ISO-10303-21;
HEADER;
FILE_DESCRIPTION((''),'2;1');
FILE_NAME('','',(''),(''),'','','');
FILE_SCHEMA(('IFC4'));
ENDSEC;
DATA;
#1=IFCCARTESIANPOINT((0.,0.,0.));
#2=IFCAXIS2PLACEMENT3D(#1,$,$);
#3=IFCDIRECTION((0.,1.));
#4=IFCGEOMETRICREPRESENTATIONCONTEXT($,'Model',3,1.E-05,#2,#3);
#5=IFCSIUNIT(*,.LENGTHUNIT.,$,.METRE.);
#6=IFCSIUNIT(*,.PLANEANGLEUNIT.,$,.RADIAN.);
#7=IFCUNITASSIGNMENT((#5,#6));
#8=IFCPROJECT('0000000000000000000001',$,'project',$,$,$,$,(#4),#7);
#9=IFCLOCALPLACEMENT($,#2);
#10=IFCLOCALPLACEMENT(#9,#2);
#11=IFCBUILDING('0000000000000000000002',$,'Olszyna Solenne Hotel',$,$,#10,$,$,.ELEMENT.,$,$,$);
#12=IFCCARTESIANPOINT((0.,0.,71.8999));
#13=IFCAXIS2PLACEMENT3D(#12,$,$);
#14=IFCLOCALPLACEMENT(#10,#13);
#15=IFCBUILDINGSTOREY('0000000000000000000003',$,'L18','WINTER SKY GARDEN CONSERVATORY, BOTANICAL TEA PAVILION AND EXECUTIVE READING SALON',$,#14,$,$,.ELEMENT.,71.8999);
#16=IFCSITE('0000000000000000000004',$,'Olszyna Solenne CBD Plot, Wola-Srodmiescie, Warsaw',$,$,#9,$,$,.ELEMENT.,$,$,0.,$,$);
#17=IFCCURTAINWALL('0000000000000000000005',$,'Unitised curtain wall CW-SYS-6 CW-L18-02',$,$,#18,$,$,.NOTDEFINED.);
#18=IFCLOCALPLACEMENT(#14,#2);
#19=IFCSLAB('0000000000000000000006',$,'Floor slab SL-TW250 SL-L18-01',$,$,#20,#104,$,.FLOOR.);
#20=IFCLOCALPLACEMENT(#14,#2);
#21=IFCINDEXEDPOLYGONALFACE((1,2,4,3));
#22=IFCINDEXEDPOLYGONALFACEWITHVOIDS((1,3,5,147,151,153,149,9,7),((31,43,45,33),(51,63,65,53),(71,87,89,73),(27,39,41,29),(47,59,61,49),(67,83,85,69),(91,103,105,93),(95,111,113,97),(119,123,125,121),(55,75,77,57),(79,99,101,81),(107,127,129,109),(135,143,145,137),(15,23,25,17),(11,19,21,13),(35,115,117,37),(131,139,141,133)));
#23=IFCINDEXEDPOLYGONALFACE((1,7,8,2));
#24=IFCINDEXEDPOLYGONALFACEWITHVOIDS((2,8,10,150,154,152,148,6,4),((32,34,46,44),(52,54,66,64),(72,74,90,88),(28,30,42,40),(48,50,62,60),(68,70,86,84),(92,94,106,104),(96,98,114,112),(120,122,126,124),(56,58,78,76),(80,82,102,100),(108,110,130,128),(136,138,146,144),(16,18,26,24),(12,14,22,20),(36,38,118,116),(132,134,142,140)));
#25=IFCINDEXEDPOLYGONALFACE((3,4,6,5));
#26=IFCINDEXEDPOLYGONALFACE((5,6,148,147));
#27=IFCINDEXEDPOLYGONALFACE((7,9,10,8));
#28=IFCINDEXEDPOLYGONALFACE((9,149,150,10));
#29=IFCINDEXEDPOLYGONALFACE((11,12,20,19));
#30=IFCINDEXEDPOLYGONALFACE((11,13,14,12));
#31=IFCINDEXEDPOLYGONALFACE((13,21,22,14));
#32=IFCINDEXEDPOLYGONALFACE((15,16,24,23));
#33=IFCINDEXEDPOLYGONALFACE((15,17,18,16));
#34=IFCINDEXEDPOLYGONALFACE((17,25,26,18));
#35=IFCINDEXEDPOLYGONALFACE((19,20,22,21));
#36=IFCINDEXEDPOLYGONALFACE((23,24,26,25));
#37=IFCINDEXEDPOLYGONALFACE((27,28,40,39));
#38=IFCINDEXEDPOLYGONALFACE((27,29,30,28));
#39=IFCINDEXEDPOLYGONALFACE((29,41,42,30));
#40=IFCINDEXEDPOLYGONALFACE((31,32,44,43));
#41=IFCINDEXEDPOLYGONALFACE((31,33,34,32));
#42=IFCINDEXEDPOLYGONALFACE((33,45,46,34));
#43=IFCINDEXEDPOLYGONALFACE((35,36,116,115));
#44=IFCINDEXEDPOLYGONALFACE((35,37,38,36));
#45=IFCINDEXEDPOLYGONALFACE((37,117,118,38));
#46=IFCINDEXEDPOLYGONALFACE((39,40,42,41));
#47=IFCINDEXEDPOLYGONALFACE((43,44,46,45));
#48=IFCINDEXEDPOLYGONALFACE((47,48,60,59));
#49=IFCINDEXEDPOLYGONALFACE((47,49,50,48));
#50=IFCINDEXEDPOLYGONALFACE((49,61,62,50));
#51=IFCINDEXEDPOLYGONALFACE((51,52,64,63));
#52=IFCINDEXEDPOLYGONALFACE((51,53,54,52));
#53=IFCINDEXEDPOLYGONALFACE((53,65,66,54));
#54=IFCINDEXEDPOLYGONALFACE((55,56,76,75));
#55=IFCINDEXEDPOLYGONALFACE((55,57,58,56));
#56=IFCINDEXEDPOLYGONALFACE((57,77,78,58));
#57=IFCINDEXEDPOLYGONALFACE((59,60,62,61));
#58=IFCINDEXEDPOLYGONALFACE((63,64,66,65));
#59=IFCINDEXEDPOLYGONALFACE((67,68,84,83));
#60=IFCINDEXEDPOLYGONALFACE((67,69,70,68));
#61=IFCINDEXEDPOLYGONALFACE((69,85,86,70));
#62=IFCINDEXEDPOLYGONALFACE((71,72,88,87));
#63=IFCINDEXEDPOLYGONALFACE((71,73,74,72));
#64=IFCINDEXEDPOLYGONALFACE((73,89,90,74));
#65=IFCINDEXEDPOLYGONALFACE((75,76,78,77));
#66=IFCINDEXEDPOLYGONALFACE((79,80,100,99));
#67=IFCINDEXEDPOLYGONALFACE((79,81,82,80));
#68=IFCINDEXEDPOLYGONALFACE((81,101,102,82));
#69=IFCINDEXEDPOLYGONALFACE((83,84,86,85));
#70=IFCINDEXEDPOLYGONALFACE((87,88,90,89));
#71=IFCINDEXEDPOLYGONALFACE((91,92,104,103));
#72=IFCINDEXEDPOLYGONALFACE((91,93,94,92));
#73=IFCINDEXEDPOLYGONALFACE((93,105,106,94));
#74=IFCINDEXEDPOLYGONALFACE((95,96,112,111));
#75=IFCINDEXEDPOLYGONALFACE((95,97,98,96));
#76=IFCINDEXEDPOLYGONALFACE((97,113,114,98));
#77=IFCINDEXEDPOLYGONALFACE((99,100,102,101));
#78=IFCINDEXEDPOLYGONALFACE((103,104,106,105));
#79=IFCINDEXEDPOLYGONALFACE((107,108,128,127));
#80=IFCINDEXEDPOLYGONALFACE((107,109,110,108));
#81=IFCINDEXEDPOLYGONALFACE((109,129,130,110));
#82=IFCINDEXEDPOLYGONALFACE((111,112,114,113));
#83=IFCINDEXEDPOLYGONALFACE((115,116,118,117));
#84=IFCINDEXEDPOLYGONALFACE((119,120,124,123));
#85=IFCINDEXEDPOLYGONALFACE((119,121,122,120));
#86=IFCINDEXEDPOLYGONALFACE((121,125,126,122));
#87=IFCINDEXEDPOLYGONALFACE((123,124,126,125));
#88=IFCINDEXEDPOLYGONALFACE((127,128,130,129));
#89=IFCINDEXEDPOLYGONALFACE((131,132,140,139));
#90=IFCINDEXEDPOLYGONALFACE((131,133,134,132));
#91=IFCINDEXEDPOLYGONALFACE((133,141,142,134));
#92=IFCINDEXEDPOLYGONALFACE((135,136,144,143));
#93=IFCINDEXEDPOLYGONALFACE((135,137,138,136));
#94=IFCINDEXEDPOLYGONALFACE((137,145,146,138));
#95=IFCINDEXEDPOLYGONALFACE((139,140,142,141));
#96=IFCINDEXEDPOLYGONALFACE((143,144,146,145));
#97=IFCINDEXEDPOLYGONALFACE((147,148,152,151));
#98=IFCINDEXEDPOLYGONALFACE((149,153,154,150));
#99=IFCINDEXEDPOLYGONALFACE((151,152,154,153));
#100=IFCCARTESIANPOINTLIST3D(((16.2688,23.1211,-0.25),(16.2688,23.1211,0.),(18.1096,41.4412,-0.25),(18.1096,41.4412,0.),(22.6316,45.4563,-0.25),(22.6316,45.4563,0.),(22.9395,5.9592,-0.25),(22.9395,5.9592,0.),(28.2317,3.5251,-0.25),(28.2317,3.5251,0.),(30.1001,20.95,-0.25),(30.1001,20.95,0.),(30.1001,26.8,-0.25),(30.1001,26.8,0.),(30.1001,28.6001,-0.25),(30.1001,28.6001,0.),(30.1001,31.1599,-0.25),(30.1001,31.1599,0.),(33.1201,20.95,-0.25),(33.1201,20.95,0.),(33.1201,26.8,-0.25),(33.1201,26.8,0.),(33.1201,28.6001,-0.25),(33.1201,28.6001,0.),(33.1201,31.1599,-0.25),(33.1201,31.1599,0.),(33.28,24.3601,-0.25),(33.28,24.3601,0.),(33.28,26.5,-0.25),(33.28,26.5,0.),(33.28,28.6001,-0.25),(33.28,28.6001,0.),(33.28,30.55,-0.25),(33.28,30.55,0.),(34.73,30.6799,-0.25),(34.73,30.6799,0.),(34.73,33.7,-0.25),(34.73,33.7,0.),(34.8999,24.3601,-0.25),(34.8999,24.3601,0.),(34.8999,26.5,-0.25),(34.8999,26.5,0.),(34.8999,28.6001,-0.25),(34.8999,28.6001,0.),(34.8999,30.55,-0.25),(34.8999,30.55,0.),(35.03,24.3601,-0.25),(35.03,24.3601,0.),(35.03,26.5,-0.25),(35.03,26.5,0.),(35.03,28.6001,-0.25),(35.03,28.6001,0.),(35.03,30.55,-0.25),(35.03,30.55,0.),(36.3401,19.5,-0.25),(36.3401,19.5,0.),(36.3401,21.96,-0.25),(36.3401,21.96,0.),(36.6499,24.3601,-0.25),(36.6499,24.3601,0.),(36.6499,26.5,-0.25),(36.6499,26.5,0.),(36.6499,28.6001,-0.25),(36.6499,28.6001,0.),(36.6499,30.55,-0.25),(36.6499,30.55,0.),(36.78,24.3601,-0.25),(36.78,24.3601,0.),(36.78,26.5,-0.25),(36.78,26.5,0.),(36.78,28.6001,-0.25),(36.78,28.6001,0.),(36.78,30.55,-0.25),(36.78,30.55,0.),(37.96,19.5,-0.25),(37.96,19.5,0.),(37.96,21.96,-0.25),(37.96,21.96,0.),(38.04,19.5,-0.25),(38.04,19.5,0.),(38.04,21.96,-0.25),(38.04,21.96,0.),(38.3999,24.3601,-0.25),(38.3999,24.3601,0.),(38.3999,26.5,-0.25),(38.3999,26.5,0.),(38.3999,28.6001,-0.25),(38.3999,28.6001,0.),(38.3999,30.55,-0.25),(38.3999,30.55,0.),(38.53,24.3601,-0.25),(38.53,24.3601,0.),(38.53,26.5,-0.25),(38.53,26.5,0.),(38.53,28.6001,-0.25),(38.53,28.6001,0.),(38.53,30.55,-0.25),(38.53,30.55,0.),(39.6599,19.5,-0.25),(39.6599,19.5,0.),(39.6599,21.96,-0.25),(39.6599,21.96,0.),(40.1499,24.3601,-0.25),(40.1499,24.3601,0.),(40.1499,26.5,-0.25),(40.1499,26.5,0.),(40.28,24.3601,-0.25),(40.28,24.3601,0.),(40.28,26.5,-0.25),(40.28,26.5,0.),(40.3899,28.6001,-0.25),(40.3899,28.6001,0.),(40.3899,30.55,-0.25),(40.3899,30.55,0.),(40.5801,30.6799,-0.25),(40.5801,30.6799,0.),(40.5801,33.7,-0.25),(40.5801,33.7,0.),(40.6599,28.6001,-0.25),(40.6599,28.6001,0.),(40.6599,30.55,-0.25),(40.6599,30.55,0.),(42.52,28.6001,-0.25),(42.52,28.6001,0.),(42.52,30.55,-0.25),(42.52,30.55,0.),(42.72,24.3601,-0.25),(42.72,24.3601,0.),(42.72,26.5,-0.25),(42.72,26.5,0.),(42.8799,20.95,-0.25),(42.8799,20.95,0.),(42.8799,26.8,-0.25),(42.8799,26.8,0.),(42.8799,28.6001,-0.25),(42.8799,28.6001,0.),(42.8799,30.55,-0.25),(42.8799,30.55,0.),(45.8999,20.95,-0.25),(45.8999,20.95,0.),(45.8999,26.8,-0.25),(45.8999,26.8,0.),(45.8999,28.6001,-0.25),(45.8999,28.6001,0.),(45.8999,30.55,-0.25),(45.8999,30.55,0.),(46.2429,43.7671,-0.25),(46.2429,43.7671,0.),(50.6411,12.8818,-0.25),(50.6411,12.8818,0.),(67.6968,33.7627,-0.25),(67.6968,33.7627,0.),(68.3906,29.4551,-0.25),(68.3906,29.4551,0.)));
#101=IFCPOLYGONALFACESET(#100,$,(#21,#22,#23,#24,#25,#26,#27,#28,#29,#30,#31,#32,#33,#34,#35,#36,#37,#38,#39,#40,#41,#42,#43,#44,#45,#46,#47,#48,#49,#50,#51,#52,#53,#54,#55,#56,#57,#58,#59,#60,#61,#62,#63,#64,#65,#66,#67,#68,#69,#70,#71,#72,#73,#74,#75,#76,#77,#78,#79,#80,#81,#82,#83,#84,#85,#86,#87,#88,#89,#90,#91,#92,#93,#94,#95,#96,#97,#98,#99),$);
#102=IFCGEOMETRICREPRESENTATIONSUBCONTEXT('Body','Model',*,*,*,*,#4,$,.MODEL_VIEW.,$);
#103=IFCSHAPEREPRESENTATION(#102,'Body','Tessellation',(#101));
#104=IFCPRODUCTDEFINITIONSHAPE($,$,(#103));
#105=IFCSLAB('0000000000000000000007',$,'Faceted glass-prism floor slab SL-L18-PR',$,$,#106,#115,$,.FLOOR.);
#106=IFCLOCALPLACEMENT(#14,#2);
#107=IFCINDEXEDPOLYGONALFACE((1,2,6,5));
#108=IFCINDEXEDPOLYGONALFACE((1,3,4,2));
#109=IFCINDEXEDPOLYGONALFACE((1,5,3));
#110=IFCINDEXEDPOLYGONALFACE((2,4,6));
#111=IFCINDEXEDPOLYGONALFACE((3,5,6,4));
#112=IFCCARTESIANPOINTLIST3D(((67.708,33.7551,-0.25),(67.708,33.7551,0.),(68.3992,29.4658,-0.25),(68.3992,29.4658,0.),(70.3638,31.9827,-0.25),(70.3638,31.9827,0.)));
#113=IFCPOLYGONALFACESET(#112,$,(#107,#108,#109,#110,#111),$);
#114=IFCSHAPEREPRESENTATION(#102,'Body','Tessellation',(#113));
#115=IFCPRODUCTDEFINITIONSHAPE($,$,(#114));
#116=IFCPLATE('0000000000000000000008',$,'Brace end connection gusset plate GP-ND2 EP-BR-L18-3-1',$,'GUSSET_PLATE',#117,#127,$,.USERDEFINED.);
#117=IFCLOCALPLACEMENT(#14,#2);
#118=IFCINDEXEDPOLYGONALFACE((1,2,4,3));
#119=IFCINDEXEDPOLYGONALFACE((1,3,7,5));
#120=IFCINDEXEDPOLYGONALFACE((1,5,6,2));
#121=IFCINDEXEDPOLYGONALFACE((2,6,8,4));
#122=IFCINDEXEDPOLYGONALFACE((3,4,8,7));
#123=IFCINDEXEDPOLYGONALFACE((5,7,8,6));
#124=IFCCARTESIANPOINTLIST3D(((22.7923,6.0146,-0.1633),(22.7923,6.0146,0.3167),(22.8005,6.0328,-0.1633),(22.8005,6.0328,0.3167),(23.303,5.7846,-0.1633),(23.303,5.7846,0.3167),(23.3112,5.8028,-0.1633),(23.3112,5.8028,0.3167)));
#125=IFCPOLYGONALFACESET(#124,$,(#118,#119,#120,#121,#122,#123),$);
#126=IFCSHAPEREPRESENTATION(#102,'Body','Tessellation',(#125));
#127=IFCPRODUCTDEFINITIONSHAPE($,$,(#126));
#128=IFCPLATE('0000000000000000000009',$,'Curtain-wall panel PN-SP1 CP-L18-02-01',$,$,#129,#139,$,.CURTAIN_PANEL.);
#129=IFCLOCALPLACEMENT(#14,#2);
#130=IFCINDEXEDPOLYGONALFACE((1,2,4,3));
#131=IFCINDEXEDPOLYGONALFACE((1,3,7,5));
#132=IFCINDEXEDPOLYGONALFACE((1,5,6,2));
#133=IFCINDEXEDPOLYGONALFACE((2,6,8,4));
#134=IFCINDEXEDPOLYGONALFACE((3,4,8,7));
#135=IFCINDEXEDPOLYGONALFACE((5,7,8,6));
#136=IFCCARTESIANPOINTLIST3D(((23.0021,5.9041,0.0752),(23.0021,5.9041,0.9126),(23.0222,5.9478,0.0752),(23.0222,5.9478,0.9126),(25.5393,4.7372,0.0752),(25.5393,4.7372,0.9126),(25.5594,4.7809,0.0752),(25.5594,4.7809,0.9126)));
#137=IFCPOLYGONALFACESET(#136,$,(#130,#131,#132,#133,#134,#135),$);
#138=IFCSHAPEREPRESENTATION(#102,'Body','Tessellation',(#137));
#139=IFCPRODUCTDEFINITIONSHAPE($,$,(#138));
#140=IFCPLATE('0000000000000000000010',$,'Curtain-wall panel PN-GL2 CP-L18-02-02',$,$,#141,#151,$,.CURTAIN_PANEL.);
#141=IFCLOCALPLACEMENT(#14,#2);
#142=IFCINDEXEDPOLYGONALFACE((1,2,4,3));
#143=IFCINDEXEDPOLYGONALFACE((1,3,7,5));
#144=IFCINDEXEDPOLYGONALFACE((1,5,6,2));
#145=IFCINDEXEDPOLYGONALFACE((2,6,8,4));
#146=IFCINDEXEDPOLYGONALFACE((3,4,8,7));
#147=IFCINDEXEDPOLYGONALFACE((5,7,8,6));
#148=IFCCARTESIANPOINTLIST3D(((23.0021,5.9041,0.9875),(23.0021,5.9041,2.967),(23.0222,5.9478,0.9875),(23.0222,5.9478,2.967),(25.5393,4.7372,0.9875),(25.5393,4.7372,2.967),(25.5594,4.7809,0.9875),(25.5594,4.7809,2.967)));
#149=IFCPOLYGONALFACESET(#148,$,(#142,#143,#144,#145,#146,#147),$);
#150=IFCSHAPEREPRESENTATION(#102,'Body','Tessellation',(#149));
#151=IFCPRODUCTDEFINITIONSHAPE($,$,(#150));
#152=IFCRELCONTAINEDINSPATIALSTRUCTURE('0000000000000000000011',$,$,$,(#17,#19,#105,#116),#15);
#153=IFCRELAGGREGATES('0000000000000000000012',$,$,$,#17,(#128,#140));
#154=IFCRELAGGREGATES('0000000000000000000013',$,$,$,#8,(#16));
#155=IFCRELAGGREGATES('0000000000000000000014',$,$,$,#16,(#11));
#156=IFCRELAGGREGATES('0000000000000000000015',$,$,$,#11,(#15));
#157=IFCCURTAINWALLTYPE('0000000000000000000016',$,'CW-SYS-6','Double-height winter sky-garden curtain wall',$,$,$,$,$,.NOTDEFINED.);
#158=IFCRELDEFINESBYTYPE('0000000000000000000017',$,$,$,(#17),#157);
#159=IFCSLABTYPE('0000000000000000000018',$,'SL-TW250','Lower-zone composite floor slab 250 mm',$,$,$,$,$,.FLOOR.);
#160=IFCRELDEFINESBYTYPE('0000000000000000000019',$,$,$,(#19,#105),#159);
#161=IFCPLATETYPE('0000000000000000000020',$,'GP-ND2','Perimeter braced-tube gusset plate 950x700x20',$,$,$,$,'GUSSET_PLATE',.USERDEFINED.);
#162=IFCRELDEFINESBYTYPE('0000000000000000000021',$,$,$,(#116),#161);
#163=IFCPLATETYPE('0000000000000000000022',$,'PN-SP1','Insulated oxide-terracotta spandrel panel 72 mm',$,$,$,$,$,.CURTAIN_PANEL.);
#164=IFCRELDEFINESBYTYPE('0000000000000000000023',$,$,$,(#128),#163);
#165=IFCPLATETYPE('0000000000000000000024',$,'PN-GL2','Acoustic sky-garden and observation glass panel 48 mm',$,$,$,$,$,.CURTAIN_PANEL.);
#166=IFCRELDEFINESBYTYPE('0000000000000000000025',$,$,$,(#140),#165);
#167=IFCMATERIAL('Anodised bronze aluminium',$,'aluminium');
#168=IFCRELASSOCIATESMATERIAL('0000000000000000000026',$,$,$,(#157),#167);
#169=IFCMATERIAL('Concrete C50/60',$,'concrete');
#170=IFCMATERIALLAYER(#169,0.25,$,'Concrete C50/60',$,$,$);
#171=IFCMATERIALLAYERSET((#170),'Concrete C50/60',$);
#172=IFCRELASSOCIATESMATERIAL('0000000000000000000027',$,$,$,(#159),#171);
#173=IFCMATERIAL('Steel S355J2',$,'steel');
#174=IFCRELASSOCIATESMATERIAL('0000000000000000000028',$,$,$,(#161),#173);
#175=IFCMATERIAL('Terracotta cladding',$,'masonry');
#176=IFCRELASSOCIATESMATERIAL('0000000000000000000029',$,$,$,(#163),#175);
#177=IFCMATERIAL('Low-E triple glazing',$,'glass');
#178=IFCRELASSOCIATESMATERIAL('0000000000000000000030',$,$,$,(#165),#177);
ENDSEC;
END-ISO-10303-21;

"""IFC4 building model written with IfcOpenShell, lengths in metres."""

from ifc_helpers import new_model, si_unit, direction, frame, origin, origin_2d, place, context, subcontext, project, spatial, polyline, rectangle, outline, extrude, source, transform, mapped, material, layer, layer_set, type_object, element, aggregate, save


model = new_model("IFC4")

# Units and contexts
model_context = context("Model", 3, precision=1e-05, world=origin(), true_north=direction((0.0, 1.0)))
body_context = subcontext(model_context, "Body", "Model", "MODEL_VIEW")
ifc_project = project(units=[si_unit("LENGTHUNIT", "METRE"), si_unit("PLANEANGLEUNIT", "RADIAN")], contexts=[model_context])

# Site, building, storey
site_placement = place(None, origin())
site = spatial("IfcSite", under=ifc_project, at=site_placement, Name="Olszyna Solenne CBD Plot, Wola-Srodmiescie, Warsaw", CompositionType="ELEMENT", RefElevation=0.0)
building_placement = place(site_placement, origin())
building = spatial("IfcBuilding", under=site, at=building_placement, Name="Olszyna Solenne Hotel", CompositionType="ELEMENT")
storey_placement = place(building_placement, frame((0.0, 0.0, 71.8999)))
storey = spatial("IfcBuildingStorey", under=building, at=storey_placement, Name="L18", Description="WINTER SKY GARDEN CONSERVATORY, BOTANICAL TEA PAVILION AND EXECUTIVE READING SALON", CompositionType="ELEMENT", Elevation=71.8999)

# Shared definitions
ifc_material_1 = material(Name="Steel S355J2", Category="steel")

# Curtain wall
ifc_material_2 = material(Name="Anodised bronze aluminium", Category="aluminium")
curtain_wall_type = type_object("IfcCurtainWallType", Name="CW-SYS-6", Description="Double-height winter sky-garden curtain wall", PredefinedType="NOTDEFINED", material=ifc_material_2)
curtain_wall_placement = place(storey_placement, origin())
curtain_wall = element("IfcCurtainWall", 1, at=curtain_wall_placement, inside=storey, type_object=curtain_wall_type, Name="Unitised curtain wall CW-SYS-6 CW-L18-02", PredefinedType="NOTDEFINED")

# Slabs
ifc_material_3 = material(Name="Concrete C50/60", Category="concrete")
ifc_layer_1 = layer(ifc_material_3, 0.25, Name="Concrete C50/60")
ifc_layer_set_1 = layer_set([ifc_layer_1], Name="Concrete C50/60")
slab_type_1 = type_object("IfcSlabType", Name="SL-TW250", Description="Lower-zone composite floor slab 250 mm", PredefinedType="FLOOR", material=ifc_layer_set_1)
slab_1_placement = place(storey_placement, frame((0.0, 0.0, -0.25)))
element("IfcSlab", 2, at=slab_1_placement, inside=storey, type_object=slab_type_1, Name="Floor slab SL-TW250 SL-L18-01", PredefinedType="FLOOR", context=body_context, shape_type="SweptSolid", body=[
    extrude(outline(polyline([(68.3906, 29.4551), (67.6968, 33.7627), (46.2429, 43.7671), (22.6316, 45.4563), (18.1096, 41.4412), (16.2688, 23.1211), (22.9395, 5.9592), (28.2317, 3.5251), (50.6411, 12.8818), (68.3906, 29.4551)]), holes=[polyline([(30.1001, 20.95), (33.1201, 20.95), (33.1201, 26.8), (30.1001, 26.8), (30.1001, 20.95)]), polyline([(42.8799, 20.95), (45.8999, 20.95), (45.8999, 26.8), (42.8799, 26.8), (42.8799, 20.95)]), polyline([(34.73, 30.6799), (40.5801, 30.6799), (40.5801, 33.7), (34.73, 33.7), (34.73, 30.6799)]), polyline([(36.3401, 19.5), (37.96, 19.5), (37.96, 21.96), (36.3401, 21.96), (36.3401, 19.5)]), polyline([(38.04, 19.5), (39.6599, 19.5), (39.6599, 21.96), (38.04, 21.96), (38.04, 19.5)]), polyline([(30.1001, 28.6001), (33.1201, 28.6001), (33.1201, 31.1599), (30.1001, 31.1599), (30.1001, 28.6001)]), polyline([(33.28, 24.3601), (34.8999, 24.3601), (34.8999, 26.5), (33.28, 26.5), (33.28, 24.3601)]), polyline([(35.03, 24.3601), (36.6499, 24.3601), (36.6499, 26.5), (35.03, 26.5), (35.03, 24.3601)]), polyline([(36.78, 24.3601), (38.3999, 24.3601), (38.3999, 26.5), (36.78, 26.5), (36.78, 24.3601)]), polyline([(38.53, 24.3601), (40.1499, 24.3601), (40.1499, 26.5), (38.53, 26.5), (38.53, 24.3601)]), polyline([(40.28, 24.3601), (42.72, 24.3601), (42.72, 26.5), (40.28, 26.5), (40.28, 24.3601)]), polyline([(33.28, 28.6001), (34.8999, 28.6001), (34.8999, 30.55), (33.28, 30.55), (33.28, 28.6001)]), polyline([(35.03, 28.6001), (36.6499, 28.6001), (36.6499, 30.55), (35.03, 30.55), (35.03, 28.6001)]), polyline([(36.78, 28.6001), (38.3999, 28.6001), (38.3999, 30.55), (36.78, 30.55), (36.78, 28.6001)]), polyline([(38.53, 28.6001), (40.3899, 28.6001), (40.3899, 30.55), (38.53, 30.55), (38.53, 28.6001)]), polyline([(40.6599, 28.6001), (42.52, 28.6001), (42.52, 30.55), (40.6599, 30.55), (40.6599, 28.6001)]), polyline([(42.8799, 28.6001), (45.8999, 28.6001), (45.8999, 30.55), (42.8799, 30.55), (42.8799, 28.6001)])]), origin(), (0.0, 0.0, 1.0), 0.25),
])
slab_2_placement = place(storey_placement, frame((0.0, 0.0, -0.25)))
element("IfcSlab", 3, at=slab_2_placement, inside=storey, type_object=slab_type_1, Name="Faceted glass-prism floor slab SL-L18-PR", PredefinedType="FLOOR", context=body_context, shape_type="SweptSolid", body=[
    extrude(outline(polyline([(67.708, 33.7551), (68.3992, 29.4658), (70.3638, 31.9827), (67.708, 33.7551)])), origin(), (0.0, 0.0, 1.0), 0.25),
])

# Plates
plate_type_1 = type_object("IfcPlateType", Name="GP-ND2", Description="Perimeter braced-tube gusset plate 950x700x20", ElementType="GUSSET_PLATE", PredefinedType="USERDEFINED", material=ifc_material_1)
shared_shape_1 = source(origin(), body_context, "Body", "SweptSolid", [
    extrude(rectangle(XDim=0.5601, YDim=0.02, at=origin_2d()), origin(), (0.0, 0.0, 1.0), 0.48),
])
plate_1_placement = place(storey_placement, frame((23.0518, 5.9087, -0.1633), z_axis=(0.0, 0.0, 1.0), x_axis=(0.911762, -0.410719, 0.0)))
element("IfcPlate", 4, at=plate_1_placement, inside=storey, type_object=plate_type_1, Name="Brace end connection gusset plate GP-ND2 EP-BR-L18-3-1", ObjectType="GUSSET_PLATE", PredefinedType="USERDEFINED", context=body_context, shape_type="MappedRepresentation", body=[
    mapped(shared_shape_1, transform((0.0, 0.0, 0.0), x_axis=(1.0, 0.0, 0.0), y_axis=(0.0, 1.0, 0.0), z_axis=(0.0, 0.0, 1.0), scale=1.0)),
])
ifc_material_4 = material(Name="Terracotta cladding", Category="masonry")
plate_type_2 = type_object("IfcPlateType", Name="PN-SP1", Description="Insulated oxide-terracotta spandrel panel 72 mm", PredefinedType="CURTAIN_PANEL", material=ifc_material_4)
shared_shape_2 = source(origin(), body_context, "Body", "SweptSolid", [
    extrude(rectangle(XDim=2.7927, YDim=0.0481, at=origin_2d()), origin(), (0.0, 0.0, 1.0), 0.8374),
])
plate_2_placement = place(storey_placement, frame((24.2808, 5.3425, 0.0752), z_axis=(0.0, 0.0, 1.0), x_axis=(0.908517, -0.417848, 0.0)))
plate_2 = element("IfcPlate", 5, at=plate_2_placement, type_object=plate_type_2, Name="Curtain-wall panel PN-SP1 CP-L18-02-01", PredefinedType="CURTAIN_PANEL", context=body_context, shape_type="MappedRepresentation", body=[
    mapped(shared_shape_2, transform((0.0, 0.0, 0.0), x_axis=(1.0, 0.0, 0.0), y_axis=(0.0, 1.0, 0.0), z_axis=(0.0, 0.0, 1.0), scale=1.0)),
])
ifc_material_5 = material(Name="Low-E triple glazing", Category="glass")
plate_type_3 = type_object("IfcPlateType", Name="PN-GL2", Description="Acoustic sky-garden and observation glass panel 48 mm", PredefinedType="CURTAIN_PANEL", material=ifc_material_5)
shared_shape_3 = source(origin(), body_context, "Body", "SweptSolid", [
    extrude(rectangle(XDim=2.7927, YDim=0.0481, at=origin_2d()), origin(), (0.0, 0.0, 1.0), 1.9795),
])
plate_3_placement = place(storey_placement, frame((24.2808, 5.3425, 0.9875), z_axis=(0.0, 0.0, 1.0), x_axis=(0.908517, -0.417848, 0.0)))
plate_3 = element("IfcPlate", 6, at=plate_3_placement, type_object=plate_type_3, Name="Curtain-wall panel PN-GL2 CP-L18-02-02", PredefinedType="CURTAIN_PANEL", context=body_context, shape_type="MappedRepresentation", body=[
    mapped(shared_shape_3, transform((0.0, 0.0, 0.0), x_axis=(1.0, 0.0, 0.0), y_axis=(0.0, 1.0, 0.0), z_axis=(0.0, 0.0, 1.0), scale=1.0)),
])
aggregate(curtain_wall, [plate_2, plate_3])

save(model, "model.ifc")
